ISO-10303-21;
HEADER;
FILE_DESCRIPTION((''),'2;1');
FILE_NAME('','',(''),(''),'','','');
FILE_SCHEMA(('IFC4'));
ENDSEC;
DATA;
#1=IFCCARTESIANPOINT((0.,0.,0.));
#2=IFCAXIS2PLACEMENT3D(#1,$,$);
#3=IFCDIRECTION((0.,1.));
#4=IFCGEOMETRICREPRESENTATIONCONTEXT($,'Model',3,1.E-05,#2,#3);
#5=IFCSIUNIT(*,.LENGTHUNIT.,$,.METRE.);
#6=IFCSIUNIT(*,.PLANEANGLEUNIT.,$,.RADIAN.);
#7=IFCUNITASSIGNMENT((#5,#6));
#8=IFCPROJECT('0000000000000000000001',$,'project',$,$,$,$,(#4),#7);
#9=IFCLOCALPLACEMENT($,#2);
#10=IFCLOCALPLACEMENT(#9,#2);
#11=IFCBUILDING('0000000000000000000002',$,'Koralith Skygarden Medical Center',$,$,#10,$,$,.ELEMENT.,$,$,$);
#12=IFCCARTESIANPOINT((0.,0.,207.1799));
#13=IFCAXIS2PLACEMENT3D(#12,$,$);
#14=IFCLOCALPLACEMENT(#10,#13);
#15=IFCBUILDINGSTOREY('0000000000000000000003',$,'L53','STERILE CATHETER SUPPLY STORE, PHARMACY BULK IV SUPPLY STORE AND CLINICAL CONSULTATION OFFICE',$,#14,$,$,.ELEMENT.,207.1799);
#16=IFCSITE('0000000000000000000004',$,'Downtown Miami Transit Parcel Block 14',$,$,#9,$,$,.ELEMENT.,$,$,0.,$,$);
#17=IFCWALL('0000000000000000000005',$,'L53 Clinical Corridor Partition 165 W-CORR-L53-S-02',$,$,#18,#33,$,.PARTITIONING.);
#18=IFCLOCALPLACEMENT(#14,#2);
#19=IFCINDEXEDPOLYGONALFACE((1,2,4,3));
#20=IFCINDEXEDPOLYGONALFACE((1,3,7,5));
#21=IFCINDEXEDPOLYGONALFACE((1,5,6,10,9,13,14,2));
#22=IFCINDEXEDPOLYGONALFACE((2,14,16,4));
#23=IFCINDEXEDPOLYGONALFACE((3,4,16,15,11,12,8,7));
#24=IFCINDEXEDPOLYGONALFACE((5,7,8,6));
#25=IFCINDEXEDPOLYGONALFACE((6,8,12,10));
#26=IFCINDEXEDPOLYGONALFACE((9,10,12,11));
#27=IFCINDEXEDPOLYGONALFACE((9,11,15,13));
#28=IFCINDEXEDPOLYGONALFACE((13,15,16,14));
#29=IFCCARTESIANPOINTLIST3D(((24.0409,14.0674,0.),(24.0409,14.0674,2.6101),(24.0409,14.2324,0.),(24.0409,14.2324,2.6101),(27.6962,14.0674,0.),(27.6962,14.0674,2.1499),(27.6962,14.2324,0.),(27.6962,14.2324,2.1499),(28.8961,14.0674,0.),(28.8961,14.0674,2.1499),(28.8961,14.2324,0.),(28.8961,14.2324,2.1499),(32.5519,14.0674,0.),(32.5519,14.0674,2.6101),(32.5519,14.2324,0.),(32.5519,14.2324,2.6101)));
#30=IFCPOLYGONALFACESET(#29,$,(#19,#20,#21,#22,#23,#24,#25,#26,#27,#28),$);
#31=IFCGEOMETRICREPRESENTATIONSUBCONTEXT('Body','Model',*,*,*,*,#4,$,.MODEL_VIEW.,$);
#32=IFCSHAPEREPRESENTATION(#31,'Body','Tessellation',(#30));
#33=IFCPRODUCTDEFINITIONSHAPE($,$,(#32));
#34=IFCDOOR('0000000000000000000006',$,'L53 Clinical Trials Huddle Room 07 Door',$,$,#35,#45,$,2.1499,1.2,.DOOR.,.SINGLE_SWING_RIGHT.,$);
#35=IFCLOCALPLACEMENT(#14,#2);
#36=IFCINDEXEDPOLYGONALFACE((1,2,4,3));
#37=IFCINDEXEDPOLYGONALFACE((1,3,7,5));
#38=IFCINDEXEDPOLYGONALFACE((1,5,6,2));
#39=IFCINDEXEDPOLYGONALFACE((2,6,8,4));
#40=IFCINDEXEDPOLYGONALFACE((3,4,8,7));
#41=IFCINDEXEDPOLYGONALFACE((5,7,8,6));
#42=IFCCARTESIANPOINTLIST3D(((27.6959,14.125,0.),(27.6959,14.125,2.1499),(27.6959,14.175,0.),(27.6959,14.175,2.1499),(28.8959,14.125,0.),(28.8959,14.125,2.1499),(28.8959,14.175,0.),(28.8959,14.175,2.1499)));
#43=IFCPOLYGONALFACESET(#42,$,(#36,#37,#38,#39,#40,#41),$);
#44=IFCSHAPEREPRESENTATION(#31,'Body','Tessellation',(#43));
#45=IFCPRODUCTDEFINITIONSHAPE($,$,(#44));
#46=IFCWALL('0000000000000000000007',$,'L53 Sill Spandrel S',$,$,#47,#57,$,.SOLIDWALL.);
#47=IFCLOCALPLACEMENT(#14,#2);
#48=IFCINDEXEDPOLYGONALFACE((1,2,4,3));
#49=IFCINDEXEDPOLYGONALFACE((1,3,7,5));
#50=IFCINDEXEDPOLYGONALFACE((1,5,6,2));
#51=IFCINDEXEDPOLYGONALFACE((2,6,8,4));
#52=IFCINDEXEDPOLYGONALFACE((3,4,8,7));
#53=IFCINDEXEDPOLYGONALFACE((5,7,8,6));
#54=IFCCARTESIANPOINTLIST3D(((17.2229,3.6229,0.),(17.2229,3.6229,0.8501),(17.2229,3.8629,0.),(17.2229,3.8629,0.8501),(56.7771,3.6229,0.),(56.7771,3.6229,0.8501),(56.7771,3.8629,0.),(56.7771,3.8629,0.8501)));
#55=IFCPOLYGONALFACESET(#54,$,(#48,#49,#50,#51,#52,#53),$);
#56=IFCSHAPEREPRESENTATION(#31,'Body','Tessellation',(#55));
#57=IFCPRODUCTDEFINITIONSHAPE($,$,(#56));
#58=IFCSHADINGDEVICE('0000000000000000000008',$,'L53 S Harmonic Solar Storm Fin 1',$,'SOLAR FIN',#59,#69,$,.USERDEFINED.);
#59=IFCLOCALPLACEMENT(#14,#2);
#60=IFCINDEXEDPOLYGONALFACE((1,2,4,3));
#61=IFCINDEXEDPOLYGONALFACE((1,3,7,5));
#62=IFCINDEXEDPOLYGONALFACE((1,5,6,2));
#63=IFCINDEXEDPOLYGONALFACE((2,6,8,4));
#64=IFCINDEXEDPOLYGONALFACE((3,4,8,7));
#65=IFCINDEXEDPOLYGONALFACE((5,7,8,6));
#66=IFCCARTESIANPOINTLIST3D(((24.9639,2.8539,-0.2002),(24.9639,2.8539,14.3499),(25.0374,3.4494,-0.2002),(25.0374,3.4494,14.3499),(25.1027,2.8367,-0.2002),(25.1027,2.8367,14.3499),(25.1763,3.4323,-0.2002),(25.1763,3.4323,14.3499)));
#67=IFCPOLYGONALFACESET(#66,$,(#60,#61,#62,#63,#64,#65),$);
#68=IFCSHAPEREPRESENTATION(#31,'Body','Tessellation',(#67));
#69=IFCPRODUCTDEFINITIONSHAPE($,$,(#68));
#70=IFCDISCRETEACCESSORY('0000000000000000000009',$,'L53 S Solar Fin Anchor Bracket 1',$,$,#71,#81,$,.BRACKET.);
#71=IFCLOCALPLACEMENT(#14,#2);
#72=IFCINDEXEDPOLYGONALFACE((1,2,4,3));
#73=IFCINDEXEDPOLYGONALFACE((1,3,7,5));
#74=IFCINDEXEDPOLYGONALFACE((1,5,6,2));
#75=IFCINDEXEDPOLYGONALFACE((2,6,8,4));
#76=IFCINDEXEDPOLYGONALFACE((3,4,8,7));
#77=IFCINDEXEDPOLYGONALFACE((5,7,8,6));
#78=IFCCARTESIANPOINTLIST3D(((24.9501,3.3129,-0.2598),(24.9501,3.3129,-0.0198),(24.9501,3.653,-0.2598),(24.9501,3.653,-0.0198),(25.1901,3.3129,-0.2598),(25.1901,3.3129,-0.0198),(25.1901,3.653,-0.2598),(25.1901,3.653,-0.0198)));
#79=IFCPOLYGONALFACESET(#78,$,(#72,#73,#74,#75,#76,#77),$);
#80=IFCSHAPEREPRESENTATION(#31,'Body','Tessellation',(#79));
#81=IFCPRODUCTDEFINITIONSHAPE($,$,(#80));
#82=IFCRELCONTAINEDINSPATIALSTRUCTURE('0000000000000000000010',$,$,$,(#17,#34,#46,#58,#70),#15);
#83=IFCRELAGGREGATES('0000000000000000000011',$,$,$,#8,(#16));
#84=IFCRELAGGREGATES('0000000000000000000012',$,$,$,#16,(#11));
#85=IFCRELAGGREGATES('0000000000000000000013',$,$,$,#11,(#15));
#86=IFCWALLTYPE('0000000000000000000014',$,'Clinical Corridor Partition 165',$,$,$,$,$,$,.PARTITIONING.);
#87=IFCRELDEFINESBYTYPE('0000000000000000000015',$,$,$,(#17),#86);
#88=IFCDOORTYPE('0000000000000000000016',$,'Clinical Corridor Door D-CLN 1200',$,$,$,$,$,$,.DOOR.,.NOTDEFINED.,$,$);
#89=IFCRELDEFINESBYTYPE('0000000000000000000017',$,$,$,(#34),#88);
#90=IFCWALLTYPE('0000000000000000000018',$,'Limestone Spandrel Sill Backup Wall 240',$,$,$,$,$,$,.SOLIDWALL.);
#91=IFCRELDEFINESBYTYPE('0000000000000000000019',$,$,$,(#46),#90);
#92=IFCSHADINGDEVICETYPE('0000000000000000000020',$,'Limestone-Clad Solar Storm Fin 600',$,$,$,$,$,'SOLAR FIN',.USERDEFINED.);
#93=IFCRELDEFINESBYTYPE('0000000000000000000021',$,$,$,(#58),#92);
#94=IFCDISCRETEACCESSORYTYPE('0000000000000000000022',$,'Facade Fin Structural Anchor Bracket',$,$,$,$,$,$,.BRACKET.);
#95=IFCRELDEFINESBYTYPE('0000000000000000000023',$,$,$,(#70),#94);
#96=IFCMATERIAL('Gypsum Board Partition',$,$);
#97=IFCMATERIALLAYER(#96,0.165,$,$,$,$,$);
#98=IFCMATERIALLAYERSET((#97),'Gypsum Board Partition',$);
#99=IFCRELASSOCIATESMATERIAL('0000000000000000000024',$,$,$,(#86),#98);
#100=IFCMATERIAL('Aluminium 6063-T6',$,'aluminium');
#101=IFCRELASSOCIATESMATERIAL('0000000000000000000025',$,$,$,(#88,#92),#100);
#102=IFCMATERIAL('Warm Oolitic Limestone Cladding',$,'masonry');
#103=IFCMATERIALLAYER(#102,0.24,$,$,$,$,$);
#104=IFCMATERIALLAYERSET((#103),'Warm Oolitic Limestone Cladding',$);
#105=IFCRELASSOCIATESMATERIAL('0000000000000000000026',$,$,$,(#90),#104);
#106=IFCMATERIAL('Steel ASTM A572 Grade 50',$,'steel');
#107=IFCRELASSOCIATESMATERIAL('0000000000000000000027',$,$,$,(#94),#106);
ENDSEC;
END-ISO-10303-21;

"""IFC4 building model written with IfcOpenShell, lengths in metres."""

from ifc_helpers import new_model, si_unit, direction, frame, frame_2d, origin, origin_2d, place, context, subcontext, project, spatial, rectangle, extrude, material, layer, layer_set, type_object, element, fill, save


model = new_model("IFC4")

# Units and contexts
model_context = context("Model", 3, precision=1e-05, world=origin(), true_north=direction((0.0, 1.0)))
body_context = subcontext(model_context, "Body", "Model", "MODEL_VIEW")
ifc_project = project(units=[si_unit("LENGTHUNIT", "METRE"), si_unit("PLANEANGLEUNIT", "RADIAN")], contexts=[model_context])

# Site, building, storey
site_placement = place(None, origin())
site = spatial("IfcSite", under=ifc_project, at=site_placement, Name="Downtown Miami Transit Parcel Block 14", CompositionType="ELEMENT", RefElevation=0.0)
building_placement = place(site_placement, origin())
building = spatial("IfcBuilding", under=site, at=building_placement, Name="Koralith Skygarden Medical Center", CompositionType="ELEMENT")
storey_placement = place(building_placement, frame((0.0, 0.0, 207.1799)))
storey = spatial("IfcBuildingStorey", under=building, at=storey_placement, Name="L53", Description="STERILE CATHETER SUPPLY STORE, PHARMACY BULK IV SUPPLY STORE AND CLINICAL CONSULTATION OFFICE", CompositionType="ELEMENT", Elevation=207.1799)

# Shared definitions
ifc_material_1 = material(Name="Aluminium 6063-T6", Category="aluminium")

# Shared definitions
ifc_material_2 = material(Name="Warm Oolitic Limestone Cladding", Category="masonry")

# Shared definitions
ifc_material_3 = material(Name="Gypsum Board Partition")

# Wall, opening, door
ifc_layer_1 = layer(ifc_material_3, 0.165)
ifc_layer_set_1 = layer_set([ifc_layer_1], Name="Gypsum Board Partition")
wall_type_1 = type_object("IfcWallType", Name="Clinical Corridor Partition 165", PredefinedType="PARTITIONING", material=ifc_layer_set_1)
door_type = type_object("IfcDoorType", Name="Clinical Corridor Door D-CLN 1200", OperationType="NOTDEFINED", PredefinedType="DOOR", material=ifc_material_1)
wall_1_placement = place(storey_placement, frame((24.041, 14.1499, 0.0), z_axis=(0.0, 0.0, 1.0), x_axis=(1.0, 0.0, 0.0)))
wall_1 = element("IfcWall", 1, at=wall_1_placement, inside=storey, type_object=wall_type_1, Name="L53 Clinical Corridor Partition 165 W-CORR-L53-S-02", PredefinedType="PARTITIONING", context=body_context, shape_type="SweptSolid", body=[
    extrude(rectangle(XDim=8.511, YDim=0.165, at=frame_2d((4.2554, 0.0))), origin(), (0.0, 0.0, 1.0), 2.6101),
])
opening_1_placement = place(wall_1_placement, frame((3.655, 0.0, 0.0)))
opening_1 = element("IfcOpeningElement", 2, at=opening_1_placement, cuts=wall_1, PredefinedType="OPENING", context=body_context, shape_type="SweptSolid", body=[
    extrude(rectangle(XDim=1.2, YDim=2.1499, at=frame_2d((0.6001, 1.075))), frame((0.0, 0.0925, 0.0), z_axis=(0.0, -1.0, 0.0), x_axis=(1.0, 0.0, 0.0)), (0.0, 0.0, 1.0), 0.1851),
])
door_1_placement = place(opening_1_placement, frame((1.2, 0.0, 0.0), z_axis=(0.0, 0.0, 1.0), x_axis=(-1.0, 0.0, 0.0)))
door_1 = element("IfcDoor", 3, at=door_1_placement, inside=storey, type_object=door_type, Name="L53 Clinical Trials Huddle Room 07 Door", OperationType="SINGLE_SWING_RIGHT", OverallHeight=2.1499, OverallWidth=1.2, PredefinedType="DOOR", context=body_context, shape_type="SweptSolid", body=[
    extrude(rectangle(XDim=1.2, YDim=2.1499, at=frame_2d((0.6001, 1.075))), frame((0.0, 0.0249, 0.0), z_axis=(0.0, -1.0, 0.0), x_axis=(1.0, 0.0, 0.0)), (0.0, 0.0, 1.0), 0.05),
])
fill(opening_1, door_1)

# Wall
ifc_layer_2 = layer(ifc_material_2, 0.24)
ifc_layer_set_2 = layer_set([ifc_layer_2], Name="Warm Oolitic Limestone Cladding")
wall_type_2 = type_object("IfcWallType", Name="Limestone Spandrel Sill Backup Wall 240", PredefinedType="SOLIDWALL", material=ifc_layer_set_2)
wall_2_placement = place(storey_placement, frame((17.2229, 3.7429, 0.0), z_axis=(0.0, 0.0, 1.0), x_axis=(1.0, 0.0, 0.0)))
element("IfcWall", 4, at=wall_2_placement, inside=storey, type_object=wall_type_2, Name="L53 Sill Spandrel S", PredefinedType="SOLIDWALL", context=body_context, shape_type="SweptSolid", body=[
    extrude(rectangle(XDim=39.5542, YDim=0.24, at=frame_2d((19.7771, 0.0))), origin(), (0.0, 0.0, 1.0), 0.8501),
])

# Shading device
shading_device_type = type_object("IfcShadingDeviceType", Name="Limestone-Clad Solar Storm Fin 600", ElementType="SOLAR FIN", PredefinedType="USERDEFINED", material=ifc_material_1)
shading_device_placement = place(storey_placement, frame((25.0701, 3.1431, -0.2002), z_axis=(0.0, 0.0, 1.0), x_axis=(-0.122614, -0.992454, 0.0)))
element("IfcShadingDevice", 5, at=shading_device_placement, inside=storey, type_object=shading_device_type, Name="L53 S Harmonic Solar Storm Fin 1", ObjectType="SOLAR FIN", PredefinedType="USERDEFINED", context=body_context, shape_type="SweptSolid", body=[
    extrude(rectangle(XDim=0.6001, YDim=0.1399, at=origin_2d()), origin(), (0.0, 0.0, 1.0), 14.55),
])

# Discrete accessory
ifc_material_4 = material(Name="Steel ASTM A572 Grade 50", Category="steel")
discrete_accessory_type = type_object("IfcDiscreteAccessoryType", Name="Facade Fin Structural Anchor Bracket", PredefinedType="BRACKET", material=ifc_material_4)
discrete_accessory_placement = place(storey_placement, frame((25.0701, 3.4829, -0.2598), z_axis=(0.0, 0.0, 1.0), x_axis=(0.0, -1.0, 0.0)))
element("IfcDiscreteAccessory", 6, at=discrete_accessory_placement, inside=storey, type_object=discrete_accessory_type, Name="L53 S Solar Fin Anchor Bracket 1", PredefinedType="BRACKET", context=body_context, shape_type="SweptSolid", body=[
    extrude(rectangle(XDim=0.3401, YDim=0.24, at=origin_2d()), origin(), (0.0, 0.0, 1.0), 0.24),
])

save(model, "model.ifc")
